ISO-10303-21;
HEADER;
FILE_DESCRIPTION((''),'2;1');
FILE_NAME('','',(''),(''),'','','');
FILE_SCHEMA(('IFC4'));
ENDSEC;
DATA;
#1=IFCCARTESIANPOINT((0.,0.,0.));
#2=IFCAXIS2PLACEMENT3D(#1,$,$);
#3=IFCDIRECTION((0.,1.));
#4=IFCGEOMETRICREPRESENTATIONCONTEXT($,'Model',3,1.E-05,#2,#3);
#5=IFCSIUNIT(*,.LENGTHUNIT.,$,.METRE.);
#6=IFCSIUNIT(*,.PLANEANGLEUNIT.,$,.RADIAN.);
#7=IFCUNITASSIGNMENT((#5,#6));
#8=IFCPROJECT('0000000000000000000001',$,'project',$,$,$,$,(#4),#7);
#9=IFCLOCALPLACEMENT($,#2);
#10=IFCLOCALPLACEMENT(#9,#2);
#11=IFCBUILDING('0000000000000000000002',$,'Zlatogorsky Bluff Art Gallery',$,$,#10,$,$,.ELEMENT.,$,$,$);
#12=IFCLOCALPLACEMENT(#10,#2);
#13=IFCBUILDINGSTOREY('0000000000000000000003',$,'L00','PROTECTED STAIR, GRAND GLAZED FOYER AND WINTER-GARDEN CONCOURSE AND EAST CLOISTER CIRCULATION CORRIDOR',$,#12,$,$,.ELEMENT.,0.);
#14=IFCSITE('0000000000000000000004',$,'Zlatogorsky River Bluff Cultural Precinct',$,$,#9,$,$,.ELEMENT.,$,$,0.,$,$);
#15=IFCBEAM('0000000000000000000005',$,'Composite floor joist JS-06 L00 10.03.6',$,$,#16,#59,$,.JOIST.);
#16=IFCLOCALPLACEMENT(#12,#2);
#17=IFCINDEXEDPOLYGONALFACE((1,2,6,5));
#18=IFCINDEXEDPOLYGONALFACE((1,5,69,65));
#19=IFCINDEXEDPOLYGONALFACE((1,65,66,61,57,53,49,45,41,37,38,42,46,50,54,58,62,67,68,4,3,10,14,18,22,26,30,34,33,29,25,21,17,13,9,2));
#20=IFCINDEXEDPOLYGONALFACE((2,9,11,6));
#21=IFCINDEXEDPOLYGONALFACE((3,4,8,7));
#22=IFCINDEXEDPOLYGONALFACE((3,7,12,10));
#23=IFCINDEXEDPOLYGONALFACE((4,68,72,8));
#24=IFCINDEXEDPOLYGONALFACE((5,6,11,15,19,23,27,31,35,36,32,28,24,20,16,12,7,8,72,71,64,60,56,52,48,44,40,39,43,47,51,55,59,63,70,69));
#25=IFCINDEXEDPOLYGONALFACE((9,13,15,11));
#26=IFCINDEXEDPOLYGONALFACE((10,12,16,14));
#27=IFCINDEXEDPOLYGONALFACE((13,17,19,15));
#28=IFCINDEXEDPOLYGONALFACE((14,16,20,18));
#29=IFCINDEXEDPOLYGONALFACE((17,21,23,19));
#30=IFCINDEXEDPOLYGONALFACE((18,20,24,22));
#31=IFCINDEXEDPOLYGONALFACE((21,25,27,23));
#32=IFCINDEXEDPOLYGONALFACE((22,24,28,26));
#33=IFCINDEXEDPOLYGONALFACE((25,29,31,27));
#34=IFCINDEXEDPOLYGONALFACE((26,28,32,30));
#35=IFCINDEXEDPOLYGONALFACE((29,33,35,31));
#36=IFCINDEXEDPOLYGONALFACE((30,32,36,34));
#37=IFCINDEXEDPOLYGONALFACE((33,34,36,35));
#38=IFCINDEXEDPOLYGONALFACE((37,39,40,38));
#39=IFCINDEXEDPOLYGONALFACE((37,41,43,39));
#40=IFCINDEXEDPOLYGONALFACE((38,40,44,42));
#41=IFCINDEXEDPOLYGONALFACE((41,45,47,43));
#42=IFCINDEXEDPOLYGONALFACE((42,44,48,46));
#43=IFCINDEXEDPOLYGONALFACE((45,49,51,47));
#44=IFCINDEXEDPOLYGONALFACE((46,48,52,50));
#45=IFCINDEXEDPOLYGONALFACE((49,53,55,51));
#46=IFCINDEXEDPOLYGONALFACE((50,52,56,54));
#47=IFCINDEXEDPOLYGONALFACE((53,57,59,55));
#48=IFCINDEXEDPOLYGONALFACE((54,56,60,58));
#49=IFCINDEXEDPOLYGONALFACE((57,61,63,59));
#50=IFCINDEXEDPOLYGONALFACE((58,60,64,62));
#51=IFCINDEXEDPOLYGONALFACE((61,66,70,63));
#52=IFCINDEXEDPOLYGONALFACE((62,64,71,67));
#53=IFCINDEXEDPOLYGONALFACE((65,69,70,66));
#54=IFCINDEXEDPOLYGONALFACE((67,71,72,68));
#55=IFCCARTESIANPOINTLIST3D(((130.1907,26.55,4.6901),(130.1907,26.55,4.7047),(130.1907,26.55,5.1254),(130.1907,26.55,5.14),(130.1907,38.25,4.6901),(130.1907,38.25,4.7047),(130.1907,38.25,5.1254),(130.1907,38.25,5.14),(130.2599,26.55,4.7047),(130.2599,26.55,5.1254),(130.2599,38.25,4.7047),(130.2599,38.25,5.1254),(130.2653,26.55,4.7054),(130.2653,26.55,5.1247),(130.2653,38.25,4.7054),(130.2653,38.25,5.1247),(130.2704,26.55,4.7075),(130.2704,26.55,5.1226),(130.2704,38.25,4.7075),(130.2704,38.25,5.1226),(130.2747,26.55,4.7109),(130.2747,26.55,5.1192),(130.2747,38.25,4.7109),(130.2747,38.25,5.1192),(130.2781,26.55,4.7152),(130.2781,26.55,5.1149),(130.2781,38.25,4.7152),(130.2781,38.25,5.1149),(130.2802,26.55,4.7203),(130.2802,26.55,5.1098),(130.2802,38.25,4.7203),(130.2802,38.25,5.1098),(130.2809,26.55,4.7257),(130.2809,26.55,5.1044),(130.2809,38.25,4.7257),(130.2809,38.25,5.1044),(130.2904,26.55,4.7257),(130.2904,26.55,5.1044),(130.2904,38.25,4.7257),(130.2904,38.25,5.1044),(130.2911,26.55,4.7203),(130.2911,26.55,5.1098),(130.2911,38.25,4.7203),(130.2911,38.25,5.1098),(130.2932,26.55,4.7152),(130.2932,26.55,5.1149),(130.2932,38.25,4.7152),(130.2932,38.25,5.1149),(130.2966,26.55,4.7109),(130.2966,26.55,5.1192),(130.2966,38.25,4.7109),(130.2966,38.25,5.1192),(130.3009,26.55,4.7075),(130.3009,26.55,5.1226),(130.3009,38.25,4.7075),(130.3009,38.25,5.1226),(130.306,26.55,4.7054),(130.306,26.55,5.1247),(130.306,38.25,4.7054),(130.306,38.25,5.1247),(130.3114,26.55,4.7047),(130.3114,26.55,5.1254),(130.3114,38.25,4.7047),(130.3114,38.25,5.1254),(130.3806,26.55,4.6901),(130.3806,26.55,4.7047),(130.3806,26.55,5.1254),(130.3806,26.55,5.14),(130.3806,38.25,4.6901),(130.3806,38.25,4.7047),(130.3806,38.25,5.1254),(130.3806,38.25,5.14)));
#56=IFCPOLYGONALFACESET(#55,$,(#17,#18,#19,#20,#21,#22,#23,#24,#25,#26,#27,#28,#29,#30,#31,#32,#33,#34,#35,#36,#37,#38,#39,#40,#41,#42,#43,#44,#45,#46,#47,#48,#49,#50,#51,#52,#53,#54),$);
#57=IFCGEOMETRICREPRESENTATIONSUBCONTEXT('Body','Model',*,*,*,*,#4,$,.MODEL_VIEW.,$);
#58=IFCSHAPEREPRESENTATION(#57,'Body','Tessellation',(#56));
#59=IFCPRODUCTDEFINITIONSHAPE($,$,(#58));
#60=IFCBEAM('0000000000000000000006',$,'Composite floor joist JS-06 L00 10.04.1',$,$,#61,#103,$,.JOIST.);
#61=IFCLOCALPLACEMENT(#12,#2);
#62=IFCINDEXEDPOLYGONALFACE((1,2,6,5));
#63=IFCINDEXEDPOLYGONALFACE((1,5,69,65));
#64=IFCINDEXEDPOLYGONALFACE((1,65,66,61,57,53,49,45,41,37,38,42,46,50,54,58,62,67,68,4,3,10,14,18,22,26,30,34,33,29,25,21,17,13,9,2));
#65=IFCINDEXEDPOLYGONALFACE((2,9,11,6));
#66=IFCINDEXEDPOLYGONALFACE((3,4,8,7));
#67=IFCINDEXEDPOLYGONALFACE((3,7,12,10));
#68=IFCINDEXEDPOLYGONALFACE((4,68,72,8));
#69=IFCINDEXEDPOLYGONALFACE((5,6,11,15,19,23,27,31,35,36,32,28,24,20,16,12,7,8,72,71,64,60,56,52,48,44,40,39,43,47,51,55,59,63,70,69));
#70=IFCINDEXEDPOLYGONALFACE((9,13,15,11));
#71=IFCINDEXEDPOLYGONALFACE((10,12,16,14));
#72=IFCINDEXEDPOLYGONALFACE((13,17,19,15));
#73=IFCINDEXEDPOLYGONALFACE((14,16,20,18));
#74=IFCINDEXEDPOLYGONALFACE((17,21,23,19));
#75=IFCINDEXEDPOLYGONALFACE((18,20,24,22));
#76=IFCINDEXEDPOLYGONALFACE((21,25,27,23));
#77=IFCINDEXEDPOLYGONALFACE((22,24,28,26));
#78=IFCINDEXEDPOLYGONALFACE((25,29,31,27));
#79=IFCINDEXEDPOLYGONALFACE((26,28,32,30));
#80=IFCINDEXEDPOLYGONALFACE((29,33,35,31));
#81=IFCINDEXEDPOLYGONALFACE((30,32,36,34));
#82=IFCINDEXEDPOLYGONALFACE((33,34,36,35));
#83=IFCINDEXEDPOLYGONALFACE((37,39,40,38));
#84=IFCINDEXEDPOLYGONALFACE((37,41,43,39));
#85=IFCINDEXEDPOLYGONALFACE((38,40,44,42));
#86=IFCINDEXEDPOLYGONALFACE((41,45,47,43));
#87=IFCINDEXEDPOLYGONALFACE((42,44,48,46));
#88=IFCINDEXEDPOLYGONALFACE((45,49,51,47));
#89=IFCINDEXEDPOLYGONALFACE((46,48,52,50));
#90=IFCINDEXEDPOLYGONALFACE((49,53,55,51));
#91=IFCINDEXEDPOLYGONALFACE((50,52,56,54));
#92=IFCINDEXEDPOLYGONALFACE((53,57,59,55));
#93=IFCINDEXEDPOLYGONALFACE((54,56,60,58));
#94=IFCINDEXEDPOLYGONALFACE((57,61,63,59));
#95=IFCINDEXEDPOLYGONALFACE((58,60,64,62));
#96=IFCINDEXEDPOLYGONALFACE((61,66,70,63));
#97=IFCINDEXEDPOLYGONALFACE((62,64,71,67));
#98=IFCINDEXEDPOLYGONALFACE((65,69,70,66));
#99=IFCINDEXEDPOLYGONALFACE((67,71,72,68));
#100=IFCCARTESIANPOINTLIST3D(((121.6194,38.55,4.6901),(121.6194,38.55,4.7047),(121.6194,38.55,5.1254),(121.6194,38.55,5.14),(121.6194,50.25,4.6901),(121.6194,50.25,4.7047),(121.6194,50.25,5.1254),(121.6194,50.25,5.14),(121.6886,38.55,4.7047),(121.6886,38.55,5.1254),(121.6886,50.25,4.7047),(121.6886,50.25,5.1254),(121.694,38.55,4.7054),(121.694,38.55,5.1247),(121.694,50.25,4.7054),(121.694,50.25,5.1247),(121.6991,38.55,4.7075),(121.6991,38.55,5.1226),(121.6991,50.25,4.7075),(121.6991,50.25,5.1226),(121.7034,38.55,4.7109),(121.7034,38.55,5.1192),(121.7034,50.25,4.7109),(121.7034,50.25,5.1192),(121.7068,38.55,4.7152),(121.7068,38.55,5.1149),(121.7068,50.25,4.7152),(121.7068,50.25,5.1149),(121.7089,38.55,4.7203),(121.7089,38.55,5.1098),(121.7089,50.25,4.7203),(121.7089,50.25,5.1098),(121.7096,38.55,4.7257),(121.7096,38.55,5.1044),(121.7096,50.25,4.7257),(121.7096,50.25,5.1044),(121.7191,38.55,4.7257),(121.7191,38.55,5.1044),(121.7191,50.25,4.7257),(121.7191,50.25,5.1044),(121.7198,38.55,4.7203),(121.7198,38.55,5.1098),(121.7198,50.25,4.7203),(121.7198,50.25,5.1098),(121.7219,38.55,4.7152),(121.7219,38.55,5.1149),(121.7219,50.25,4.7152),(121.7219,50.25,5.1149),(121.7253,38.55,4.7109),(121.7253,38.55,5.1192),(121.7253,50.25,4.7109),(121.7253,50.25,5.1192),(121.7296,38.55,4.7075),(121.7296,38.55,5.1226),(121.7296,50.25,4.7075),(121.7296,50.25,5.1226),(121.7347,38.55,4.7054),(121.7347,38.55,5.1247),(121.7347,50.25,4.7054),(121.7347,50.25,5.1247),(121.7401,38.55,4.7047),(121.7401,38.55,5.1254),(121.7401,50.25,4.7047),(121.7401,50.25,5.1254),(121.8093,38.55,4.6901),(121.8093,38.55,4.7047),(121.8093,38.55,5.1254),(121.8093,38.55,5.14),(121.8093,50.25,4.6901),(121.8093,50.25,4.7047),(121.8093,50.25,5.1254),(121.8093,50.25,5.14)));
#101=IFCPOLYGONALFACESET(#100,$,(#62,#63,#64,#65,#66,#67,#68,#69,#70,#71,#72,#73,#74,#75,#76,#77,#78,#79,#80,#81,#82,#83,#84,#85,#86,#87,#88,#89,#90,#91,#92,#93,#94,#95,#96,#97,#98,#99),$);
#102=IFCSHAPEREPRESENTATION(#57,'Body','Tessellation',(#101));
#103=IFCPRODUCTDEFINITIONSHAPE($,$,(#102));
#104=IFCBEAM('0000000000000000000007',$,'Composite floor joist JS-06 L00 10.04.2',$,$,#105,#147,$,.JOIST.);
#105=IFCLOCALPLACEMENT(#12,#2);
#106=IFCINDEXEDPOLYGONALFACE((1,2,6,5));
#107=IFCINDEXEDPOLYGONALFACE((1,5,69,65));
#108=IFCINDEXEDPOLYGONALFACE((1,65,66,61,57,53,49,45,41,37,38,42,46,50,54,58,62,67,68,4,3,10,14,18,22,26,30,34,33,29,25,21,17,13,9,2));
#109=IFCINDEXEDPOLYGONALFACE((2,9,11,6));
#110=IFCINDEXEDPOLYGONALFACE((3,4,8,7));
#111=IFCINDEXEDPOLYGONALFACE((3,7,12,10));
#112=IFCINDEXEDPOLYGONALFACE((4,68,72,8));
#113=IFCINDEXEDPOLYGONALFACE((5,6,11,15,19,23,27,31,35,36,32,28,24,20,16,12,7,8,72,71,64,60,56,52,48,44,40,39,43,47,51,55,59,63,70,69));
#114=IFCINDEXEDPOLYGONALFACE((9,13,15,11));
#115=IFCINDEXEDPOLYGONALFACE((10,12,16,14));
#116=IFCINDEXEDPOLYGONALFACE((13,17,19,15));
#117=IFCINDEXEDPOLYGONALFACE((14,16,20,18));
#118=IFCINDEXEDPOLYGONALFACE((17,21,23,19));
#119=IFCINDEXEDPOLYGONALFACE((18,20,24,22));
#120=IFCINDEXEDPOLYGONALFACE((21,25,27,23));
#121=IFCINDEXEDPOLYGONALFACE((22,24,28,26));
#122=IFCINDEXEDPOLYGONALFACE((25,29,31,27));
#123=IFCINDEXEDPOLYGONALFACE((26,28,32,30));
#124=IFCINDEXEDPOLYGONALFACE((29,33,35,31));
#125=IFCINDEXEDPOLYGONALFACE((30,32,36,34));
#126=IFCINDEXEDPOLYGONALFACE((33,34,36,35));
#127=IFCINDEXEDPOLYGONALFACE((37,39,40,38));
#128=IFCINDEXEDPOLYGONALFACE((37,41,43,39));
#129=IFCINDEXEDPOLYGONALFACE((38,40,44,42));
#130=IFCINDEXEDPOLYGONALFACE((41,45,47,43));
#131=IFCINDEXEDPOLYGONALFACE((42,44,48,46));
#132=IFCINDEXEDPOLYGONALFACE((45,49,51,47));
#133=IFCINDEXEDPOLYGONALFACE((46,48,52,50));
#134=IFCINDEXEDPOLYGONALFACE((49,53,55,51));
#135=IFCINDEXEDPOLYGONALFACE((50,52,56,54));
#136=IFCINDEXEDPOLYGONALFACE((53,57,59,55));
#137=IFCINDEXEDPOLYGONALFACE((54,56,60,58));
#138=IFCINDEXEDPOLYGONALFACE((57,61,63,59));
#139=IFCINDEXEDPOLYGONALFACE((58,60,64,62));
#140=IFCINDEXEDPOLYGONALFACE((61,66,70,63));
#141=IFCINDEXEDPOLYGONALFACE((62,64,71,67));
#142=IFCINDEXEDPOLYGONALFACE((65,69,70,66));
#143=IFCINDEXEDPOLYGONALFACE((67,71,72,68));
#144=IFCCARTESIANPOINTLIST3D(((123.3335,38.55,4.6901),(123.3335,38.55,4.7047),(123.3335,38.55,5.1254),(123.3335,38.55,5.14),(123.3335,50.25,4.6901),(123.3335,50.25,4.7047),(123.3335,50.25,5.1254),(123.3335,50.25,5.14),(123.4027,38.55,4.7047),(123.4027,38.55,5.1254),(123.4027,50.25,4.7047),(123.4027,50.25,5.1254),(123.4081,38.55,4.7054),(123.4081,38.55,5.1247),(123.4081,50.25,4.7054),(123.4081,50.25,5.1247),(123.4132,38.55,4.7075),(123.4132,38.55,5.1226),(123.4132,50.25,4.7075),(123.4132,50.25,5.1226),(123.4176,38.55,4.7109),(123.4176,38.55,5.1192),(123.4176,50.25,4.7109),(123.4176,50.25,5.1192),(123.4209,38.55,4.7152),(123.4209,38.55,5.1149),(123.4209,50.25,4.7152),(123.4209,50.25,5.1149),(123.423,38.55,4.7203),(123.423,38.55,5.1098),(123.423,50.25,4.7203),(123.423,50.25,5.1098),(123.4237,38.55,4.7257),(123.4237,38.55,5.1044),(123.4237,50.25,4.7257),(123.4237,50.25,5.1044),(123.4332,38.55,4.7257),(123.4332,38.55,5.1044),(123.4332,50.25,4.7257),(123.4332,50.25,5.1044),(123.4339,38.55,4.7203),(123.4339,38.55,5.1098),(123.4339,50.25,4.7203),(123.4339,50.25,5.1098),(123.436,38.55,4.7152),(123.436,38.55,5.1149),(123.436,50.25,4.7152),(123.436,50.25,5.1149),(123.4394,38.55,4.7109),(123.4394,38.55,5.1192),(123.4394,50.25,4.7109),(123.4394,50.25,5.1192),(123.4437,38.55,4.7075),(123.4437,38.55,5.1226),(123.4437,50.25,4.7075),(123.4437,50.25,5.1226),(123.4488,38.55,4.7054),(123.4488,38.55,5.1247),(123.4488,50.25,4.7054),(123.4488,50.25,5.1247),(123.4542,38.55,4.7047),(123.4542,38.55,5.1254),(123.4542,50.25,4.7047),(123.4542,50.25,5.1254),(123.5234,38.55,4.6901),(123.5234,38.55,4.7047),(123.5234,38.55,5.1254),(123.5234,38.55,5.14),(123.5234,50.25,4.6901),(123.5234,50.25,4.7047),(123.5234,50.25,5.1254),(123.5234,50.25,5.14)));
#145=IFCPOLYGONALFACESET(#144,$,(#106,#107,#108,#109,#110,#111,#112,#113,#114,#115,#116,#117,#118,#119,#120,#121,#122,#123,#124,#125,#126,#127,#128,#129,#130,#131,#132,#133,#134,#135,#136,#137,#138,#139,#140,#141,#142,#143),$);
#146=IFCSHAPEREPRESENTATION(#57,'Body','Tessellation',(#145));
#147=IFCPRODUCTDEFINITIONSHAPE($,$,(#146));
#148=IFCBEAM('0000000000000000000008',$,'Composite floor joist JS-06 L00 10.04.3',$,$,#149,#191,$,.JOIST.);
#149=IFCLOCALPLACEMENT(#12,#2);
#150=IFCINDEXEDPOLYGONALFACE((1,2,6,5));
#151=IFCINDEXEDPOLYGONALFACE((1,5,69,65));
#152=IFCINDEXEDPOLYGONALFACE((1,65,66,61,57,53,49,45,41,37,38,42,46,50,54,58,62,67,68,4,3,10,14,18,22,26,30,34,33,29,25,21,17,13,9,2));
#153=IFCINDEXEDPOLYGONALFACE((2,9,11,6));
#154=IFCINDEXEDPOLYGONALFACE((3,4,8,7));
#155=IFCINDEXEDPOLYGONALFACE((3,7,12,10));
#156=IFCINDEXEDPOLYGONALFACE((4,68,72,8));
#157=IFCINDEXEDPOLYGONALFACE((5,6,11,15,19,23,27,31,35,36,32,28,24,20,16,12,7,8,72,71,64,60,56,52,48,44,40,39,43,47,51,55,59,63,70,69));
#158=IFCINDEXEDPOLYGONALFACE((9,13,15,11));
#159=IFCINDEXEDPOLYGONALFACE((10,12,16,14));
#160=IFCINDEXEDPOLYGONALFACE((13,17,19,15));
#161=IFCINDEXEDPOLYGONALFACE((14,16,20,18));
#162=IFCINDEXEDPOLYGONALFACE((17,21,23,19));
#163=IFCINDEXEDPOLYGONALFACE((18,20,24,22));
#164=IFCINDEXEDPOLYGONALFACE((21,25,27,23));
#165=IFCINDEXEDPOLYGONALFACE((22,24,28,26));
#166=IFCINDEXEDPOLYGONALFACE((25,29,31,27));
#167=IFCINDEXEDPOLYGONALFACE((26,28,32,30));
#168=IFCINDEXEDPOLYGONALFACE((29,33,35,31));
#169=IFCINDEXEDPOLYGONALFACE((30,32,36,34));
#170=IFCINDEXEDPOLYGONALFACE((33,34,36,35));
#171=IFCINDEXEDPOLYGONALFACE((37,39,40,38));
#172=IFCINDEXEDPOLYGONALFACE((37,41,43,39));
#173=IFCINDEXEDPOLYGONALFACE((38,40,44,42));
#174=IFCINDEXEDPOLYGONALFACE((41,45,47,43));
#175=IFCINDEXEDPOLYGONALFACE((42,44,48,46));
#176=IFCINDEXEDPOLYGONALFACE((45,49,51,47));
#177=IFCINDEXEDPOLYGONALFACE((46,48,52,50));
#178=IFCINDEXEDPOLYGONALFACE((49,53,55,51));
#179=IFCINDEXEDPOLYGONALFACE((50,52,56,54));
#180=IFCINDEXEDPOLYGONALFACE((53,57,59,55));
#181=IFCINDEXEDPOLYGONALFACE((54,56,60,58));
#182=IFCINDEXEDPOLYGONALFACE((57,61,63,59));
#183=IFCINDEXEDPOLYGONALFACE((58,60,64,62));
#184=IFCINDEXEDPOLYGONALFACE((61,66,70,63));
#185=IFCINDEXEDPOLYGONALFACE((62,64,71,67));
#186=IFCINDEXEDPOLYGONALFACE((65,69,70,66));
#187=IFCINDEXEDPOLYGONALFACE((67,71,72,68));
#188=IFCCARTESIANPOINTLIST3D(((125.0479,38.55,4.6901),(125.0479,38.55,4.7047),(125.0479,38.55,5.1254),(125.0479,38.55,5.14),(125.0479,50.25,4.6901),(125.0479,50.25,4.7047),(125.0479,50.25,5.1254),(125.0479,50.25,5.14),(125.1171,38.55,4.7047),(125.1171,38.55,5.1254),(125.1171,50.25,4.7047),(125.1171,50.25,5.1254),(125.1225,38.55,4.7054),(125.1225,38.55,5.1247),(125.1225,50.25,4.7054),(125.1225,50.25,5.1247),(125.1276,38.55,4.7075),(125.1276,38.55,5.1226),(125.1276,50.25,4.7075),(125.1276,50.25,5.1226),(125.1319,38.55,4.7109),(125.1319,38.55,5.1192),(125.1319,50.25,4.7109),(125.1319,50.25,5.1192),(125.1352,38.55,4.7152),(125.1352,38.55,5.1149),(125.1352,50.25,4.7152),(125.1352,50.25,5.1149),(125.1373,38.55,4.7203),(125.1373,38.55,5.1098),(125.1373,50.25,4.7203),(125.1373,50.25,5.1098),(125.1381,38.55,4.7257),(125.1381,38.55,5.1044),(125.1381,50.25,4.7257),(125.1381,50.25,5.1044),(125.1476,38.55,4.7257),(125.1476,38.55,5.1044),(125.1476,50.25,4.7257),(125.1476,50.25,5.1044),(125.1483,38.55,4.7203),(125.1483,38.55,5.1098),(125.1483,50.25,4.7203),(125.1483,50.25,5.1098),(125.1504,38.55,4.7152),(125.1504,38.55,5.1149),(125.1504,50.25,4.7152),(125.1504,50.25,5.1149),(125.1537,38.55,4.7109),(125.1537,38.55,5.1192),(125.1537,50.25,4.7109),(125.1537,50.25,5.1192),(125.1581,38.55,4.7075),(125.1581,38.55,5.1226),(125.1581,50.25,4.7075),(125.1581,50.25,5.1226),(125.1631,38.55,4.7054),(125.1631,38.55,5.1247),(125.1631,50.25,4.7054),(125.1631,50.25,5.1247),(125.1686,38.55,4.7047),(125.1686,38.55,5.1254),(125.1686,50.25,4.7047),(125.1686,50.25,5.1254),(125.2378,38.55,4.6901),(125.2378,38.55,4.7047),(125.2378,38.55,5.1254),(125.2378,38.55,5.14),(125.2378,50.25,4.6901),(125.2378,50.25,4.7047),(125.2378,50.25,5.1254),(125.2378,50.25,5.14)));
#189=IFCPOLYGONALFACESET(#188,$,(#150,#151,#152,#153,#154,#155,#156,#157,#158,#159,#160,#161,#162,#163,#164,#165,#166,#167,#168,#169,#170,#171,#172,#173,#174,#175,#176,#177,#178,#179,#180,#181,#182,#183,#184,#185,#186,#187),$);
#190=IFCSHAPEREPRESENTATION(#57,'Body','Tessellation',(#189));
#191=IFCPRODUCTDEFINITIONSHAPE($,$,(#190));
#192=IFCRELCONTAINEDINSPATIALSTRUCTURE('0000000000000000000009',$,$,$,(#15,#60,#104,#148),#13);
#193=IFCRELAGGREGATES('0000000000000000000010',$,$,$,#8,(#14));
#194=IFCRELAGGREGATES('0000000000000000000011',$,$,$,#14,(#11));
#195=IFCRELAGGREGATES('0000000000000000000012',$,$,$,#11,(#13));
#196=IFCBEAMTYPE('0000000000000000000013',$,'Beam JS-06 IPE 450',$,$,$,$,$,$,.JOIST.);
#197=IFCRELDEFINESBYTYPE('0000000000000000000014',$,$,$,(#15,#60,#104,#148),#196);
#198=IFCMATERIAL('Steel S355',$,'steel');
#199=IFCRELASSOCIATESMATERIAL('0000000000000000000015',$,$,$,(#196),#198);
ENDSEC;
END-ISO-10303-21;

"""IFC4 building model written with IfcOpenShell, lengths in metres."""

from ifc_helpers import new_model, si_unit, direction, frame, origin, origin_2d, place, context, subcontext, project, spatial, i_section, extrude, material, material_profile, profile_set, type_object, element, save


model = new_model("IFC4")

# Units and contexts
model_context = context("Model", 3, precision=1e-05, world=origin(), true_north=direction((0.0, 1.0)))
body_context = subcontext(model_context, "Body", "Model", "MODEL_VIEW")
ifc_project = project(units=[si_unit("LENGTHUNIT", "METRE"), si_unit("PLANEANGLEUNIT", "RADIAN")], contexts=[model_context])

# Site, building, storey
site_placement = place(None, origin())
site = spatial("IfcSite", under=ifc_project, at=site_placement, Name="Zlatogorsky River Bluff Cultural Precinct", CompositionType="ELEMENT", RefElevation=0.0)
building_placement = place(site_placement, origin())
building = spatial("IfcBuilding", under=site, at=building_placement, Name="Zlatogorsky Bluff Art Gallery", CompositionType="ELEMENT")
storey_placement = place(building_placement, origin())
storey = spatial("IfcBuildingStorey", under=building, at=storey_placement, Name="L00", Description="PROTECTED STAIR, GRAND GLAZED FOYER AND WINTER-GARDEN CONCOURSE AND EAST CLOISTER CIRCULATION CORRIDOR", CompositionType="ELEMENT", Elevation=0.0)

# Beams
ifc_material_1 = material(Name="Steel S355", Category="steel")
ifc_material_profile_1 = material_profile(ifc_material_1, i_section(OverallWidth=0.1899, OverallDepth=0.45, WebThickness=0.0095, FlangeThickness=0.0146, FilletRadius=0.021, at=origin_2d()), Name="IPE 450")
ifc_profile_set_1 = profile_set([ifc_material_profile_1], Name="Steel S355")
beam_type_1 = type_object("IfcBeamType", Name="Beam JS-06 IPE 450", PredefinedType="JOIST", material=ifc_profile_set_1)
for number, where, z_axis, x_axis, name in (
    (1, (130.2856, 26.55, 4.915), (0.0, 1.0, 0.0), (-1.0, 0.0, 0.0), "Composite floor joist JS-06 L00 10.03.6"),
    (2, (121.7144, 38.55, 4.915), (0.0, 1.0, 0.0), (-1.0, 0.0, 0.0), "Composite floor joist JS-06 L00 10.04.1"),
    (3, (123.4285, 38.55, 4.915), (0.0, 1.0, 0.0), (-1.0, 0.0, 0.0), "Composite floor joist JS-06 L00 10.04.2"),
    (4, (125.1428, 38.55, 4.915), (0.0, 1.0, 0.0), (-1.0, 0.0, 0.0), "Composite floor joist JS-06 L00 10.04.3"),
):
    element("IfcBeam", number, at=place(storey_placement, frame(where, z_axis=z_axis, x_axis=x_axis)), inside=storey, type_object=beam_type_1, Name=name, PredefinedType="JOIST", context=body_context, shape_type="SweptSolid", body=[
        extrude(i_section(OverallWidth=0.1899, OverallDepth=0.45, WebThickness=0.0095, FlangeThickness=0.0146, FilletRadius=0.021, at=origin_2d()), origin(), (0.0, 0.0, 1.0), 11.7),
    ])

save(model, "model.ifc")
